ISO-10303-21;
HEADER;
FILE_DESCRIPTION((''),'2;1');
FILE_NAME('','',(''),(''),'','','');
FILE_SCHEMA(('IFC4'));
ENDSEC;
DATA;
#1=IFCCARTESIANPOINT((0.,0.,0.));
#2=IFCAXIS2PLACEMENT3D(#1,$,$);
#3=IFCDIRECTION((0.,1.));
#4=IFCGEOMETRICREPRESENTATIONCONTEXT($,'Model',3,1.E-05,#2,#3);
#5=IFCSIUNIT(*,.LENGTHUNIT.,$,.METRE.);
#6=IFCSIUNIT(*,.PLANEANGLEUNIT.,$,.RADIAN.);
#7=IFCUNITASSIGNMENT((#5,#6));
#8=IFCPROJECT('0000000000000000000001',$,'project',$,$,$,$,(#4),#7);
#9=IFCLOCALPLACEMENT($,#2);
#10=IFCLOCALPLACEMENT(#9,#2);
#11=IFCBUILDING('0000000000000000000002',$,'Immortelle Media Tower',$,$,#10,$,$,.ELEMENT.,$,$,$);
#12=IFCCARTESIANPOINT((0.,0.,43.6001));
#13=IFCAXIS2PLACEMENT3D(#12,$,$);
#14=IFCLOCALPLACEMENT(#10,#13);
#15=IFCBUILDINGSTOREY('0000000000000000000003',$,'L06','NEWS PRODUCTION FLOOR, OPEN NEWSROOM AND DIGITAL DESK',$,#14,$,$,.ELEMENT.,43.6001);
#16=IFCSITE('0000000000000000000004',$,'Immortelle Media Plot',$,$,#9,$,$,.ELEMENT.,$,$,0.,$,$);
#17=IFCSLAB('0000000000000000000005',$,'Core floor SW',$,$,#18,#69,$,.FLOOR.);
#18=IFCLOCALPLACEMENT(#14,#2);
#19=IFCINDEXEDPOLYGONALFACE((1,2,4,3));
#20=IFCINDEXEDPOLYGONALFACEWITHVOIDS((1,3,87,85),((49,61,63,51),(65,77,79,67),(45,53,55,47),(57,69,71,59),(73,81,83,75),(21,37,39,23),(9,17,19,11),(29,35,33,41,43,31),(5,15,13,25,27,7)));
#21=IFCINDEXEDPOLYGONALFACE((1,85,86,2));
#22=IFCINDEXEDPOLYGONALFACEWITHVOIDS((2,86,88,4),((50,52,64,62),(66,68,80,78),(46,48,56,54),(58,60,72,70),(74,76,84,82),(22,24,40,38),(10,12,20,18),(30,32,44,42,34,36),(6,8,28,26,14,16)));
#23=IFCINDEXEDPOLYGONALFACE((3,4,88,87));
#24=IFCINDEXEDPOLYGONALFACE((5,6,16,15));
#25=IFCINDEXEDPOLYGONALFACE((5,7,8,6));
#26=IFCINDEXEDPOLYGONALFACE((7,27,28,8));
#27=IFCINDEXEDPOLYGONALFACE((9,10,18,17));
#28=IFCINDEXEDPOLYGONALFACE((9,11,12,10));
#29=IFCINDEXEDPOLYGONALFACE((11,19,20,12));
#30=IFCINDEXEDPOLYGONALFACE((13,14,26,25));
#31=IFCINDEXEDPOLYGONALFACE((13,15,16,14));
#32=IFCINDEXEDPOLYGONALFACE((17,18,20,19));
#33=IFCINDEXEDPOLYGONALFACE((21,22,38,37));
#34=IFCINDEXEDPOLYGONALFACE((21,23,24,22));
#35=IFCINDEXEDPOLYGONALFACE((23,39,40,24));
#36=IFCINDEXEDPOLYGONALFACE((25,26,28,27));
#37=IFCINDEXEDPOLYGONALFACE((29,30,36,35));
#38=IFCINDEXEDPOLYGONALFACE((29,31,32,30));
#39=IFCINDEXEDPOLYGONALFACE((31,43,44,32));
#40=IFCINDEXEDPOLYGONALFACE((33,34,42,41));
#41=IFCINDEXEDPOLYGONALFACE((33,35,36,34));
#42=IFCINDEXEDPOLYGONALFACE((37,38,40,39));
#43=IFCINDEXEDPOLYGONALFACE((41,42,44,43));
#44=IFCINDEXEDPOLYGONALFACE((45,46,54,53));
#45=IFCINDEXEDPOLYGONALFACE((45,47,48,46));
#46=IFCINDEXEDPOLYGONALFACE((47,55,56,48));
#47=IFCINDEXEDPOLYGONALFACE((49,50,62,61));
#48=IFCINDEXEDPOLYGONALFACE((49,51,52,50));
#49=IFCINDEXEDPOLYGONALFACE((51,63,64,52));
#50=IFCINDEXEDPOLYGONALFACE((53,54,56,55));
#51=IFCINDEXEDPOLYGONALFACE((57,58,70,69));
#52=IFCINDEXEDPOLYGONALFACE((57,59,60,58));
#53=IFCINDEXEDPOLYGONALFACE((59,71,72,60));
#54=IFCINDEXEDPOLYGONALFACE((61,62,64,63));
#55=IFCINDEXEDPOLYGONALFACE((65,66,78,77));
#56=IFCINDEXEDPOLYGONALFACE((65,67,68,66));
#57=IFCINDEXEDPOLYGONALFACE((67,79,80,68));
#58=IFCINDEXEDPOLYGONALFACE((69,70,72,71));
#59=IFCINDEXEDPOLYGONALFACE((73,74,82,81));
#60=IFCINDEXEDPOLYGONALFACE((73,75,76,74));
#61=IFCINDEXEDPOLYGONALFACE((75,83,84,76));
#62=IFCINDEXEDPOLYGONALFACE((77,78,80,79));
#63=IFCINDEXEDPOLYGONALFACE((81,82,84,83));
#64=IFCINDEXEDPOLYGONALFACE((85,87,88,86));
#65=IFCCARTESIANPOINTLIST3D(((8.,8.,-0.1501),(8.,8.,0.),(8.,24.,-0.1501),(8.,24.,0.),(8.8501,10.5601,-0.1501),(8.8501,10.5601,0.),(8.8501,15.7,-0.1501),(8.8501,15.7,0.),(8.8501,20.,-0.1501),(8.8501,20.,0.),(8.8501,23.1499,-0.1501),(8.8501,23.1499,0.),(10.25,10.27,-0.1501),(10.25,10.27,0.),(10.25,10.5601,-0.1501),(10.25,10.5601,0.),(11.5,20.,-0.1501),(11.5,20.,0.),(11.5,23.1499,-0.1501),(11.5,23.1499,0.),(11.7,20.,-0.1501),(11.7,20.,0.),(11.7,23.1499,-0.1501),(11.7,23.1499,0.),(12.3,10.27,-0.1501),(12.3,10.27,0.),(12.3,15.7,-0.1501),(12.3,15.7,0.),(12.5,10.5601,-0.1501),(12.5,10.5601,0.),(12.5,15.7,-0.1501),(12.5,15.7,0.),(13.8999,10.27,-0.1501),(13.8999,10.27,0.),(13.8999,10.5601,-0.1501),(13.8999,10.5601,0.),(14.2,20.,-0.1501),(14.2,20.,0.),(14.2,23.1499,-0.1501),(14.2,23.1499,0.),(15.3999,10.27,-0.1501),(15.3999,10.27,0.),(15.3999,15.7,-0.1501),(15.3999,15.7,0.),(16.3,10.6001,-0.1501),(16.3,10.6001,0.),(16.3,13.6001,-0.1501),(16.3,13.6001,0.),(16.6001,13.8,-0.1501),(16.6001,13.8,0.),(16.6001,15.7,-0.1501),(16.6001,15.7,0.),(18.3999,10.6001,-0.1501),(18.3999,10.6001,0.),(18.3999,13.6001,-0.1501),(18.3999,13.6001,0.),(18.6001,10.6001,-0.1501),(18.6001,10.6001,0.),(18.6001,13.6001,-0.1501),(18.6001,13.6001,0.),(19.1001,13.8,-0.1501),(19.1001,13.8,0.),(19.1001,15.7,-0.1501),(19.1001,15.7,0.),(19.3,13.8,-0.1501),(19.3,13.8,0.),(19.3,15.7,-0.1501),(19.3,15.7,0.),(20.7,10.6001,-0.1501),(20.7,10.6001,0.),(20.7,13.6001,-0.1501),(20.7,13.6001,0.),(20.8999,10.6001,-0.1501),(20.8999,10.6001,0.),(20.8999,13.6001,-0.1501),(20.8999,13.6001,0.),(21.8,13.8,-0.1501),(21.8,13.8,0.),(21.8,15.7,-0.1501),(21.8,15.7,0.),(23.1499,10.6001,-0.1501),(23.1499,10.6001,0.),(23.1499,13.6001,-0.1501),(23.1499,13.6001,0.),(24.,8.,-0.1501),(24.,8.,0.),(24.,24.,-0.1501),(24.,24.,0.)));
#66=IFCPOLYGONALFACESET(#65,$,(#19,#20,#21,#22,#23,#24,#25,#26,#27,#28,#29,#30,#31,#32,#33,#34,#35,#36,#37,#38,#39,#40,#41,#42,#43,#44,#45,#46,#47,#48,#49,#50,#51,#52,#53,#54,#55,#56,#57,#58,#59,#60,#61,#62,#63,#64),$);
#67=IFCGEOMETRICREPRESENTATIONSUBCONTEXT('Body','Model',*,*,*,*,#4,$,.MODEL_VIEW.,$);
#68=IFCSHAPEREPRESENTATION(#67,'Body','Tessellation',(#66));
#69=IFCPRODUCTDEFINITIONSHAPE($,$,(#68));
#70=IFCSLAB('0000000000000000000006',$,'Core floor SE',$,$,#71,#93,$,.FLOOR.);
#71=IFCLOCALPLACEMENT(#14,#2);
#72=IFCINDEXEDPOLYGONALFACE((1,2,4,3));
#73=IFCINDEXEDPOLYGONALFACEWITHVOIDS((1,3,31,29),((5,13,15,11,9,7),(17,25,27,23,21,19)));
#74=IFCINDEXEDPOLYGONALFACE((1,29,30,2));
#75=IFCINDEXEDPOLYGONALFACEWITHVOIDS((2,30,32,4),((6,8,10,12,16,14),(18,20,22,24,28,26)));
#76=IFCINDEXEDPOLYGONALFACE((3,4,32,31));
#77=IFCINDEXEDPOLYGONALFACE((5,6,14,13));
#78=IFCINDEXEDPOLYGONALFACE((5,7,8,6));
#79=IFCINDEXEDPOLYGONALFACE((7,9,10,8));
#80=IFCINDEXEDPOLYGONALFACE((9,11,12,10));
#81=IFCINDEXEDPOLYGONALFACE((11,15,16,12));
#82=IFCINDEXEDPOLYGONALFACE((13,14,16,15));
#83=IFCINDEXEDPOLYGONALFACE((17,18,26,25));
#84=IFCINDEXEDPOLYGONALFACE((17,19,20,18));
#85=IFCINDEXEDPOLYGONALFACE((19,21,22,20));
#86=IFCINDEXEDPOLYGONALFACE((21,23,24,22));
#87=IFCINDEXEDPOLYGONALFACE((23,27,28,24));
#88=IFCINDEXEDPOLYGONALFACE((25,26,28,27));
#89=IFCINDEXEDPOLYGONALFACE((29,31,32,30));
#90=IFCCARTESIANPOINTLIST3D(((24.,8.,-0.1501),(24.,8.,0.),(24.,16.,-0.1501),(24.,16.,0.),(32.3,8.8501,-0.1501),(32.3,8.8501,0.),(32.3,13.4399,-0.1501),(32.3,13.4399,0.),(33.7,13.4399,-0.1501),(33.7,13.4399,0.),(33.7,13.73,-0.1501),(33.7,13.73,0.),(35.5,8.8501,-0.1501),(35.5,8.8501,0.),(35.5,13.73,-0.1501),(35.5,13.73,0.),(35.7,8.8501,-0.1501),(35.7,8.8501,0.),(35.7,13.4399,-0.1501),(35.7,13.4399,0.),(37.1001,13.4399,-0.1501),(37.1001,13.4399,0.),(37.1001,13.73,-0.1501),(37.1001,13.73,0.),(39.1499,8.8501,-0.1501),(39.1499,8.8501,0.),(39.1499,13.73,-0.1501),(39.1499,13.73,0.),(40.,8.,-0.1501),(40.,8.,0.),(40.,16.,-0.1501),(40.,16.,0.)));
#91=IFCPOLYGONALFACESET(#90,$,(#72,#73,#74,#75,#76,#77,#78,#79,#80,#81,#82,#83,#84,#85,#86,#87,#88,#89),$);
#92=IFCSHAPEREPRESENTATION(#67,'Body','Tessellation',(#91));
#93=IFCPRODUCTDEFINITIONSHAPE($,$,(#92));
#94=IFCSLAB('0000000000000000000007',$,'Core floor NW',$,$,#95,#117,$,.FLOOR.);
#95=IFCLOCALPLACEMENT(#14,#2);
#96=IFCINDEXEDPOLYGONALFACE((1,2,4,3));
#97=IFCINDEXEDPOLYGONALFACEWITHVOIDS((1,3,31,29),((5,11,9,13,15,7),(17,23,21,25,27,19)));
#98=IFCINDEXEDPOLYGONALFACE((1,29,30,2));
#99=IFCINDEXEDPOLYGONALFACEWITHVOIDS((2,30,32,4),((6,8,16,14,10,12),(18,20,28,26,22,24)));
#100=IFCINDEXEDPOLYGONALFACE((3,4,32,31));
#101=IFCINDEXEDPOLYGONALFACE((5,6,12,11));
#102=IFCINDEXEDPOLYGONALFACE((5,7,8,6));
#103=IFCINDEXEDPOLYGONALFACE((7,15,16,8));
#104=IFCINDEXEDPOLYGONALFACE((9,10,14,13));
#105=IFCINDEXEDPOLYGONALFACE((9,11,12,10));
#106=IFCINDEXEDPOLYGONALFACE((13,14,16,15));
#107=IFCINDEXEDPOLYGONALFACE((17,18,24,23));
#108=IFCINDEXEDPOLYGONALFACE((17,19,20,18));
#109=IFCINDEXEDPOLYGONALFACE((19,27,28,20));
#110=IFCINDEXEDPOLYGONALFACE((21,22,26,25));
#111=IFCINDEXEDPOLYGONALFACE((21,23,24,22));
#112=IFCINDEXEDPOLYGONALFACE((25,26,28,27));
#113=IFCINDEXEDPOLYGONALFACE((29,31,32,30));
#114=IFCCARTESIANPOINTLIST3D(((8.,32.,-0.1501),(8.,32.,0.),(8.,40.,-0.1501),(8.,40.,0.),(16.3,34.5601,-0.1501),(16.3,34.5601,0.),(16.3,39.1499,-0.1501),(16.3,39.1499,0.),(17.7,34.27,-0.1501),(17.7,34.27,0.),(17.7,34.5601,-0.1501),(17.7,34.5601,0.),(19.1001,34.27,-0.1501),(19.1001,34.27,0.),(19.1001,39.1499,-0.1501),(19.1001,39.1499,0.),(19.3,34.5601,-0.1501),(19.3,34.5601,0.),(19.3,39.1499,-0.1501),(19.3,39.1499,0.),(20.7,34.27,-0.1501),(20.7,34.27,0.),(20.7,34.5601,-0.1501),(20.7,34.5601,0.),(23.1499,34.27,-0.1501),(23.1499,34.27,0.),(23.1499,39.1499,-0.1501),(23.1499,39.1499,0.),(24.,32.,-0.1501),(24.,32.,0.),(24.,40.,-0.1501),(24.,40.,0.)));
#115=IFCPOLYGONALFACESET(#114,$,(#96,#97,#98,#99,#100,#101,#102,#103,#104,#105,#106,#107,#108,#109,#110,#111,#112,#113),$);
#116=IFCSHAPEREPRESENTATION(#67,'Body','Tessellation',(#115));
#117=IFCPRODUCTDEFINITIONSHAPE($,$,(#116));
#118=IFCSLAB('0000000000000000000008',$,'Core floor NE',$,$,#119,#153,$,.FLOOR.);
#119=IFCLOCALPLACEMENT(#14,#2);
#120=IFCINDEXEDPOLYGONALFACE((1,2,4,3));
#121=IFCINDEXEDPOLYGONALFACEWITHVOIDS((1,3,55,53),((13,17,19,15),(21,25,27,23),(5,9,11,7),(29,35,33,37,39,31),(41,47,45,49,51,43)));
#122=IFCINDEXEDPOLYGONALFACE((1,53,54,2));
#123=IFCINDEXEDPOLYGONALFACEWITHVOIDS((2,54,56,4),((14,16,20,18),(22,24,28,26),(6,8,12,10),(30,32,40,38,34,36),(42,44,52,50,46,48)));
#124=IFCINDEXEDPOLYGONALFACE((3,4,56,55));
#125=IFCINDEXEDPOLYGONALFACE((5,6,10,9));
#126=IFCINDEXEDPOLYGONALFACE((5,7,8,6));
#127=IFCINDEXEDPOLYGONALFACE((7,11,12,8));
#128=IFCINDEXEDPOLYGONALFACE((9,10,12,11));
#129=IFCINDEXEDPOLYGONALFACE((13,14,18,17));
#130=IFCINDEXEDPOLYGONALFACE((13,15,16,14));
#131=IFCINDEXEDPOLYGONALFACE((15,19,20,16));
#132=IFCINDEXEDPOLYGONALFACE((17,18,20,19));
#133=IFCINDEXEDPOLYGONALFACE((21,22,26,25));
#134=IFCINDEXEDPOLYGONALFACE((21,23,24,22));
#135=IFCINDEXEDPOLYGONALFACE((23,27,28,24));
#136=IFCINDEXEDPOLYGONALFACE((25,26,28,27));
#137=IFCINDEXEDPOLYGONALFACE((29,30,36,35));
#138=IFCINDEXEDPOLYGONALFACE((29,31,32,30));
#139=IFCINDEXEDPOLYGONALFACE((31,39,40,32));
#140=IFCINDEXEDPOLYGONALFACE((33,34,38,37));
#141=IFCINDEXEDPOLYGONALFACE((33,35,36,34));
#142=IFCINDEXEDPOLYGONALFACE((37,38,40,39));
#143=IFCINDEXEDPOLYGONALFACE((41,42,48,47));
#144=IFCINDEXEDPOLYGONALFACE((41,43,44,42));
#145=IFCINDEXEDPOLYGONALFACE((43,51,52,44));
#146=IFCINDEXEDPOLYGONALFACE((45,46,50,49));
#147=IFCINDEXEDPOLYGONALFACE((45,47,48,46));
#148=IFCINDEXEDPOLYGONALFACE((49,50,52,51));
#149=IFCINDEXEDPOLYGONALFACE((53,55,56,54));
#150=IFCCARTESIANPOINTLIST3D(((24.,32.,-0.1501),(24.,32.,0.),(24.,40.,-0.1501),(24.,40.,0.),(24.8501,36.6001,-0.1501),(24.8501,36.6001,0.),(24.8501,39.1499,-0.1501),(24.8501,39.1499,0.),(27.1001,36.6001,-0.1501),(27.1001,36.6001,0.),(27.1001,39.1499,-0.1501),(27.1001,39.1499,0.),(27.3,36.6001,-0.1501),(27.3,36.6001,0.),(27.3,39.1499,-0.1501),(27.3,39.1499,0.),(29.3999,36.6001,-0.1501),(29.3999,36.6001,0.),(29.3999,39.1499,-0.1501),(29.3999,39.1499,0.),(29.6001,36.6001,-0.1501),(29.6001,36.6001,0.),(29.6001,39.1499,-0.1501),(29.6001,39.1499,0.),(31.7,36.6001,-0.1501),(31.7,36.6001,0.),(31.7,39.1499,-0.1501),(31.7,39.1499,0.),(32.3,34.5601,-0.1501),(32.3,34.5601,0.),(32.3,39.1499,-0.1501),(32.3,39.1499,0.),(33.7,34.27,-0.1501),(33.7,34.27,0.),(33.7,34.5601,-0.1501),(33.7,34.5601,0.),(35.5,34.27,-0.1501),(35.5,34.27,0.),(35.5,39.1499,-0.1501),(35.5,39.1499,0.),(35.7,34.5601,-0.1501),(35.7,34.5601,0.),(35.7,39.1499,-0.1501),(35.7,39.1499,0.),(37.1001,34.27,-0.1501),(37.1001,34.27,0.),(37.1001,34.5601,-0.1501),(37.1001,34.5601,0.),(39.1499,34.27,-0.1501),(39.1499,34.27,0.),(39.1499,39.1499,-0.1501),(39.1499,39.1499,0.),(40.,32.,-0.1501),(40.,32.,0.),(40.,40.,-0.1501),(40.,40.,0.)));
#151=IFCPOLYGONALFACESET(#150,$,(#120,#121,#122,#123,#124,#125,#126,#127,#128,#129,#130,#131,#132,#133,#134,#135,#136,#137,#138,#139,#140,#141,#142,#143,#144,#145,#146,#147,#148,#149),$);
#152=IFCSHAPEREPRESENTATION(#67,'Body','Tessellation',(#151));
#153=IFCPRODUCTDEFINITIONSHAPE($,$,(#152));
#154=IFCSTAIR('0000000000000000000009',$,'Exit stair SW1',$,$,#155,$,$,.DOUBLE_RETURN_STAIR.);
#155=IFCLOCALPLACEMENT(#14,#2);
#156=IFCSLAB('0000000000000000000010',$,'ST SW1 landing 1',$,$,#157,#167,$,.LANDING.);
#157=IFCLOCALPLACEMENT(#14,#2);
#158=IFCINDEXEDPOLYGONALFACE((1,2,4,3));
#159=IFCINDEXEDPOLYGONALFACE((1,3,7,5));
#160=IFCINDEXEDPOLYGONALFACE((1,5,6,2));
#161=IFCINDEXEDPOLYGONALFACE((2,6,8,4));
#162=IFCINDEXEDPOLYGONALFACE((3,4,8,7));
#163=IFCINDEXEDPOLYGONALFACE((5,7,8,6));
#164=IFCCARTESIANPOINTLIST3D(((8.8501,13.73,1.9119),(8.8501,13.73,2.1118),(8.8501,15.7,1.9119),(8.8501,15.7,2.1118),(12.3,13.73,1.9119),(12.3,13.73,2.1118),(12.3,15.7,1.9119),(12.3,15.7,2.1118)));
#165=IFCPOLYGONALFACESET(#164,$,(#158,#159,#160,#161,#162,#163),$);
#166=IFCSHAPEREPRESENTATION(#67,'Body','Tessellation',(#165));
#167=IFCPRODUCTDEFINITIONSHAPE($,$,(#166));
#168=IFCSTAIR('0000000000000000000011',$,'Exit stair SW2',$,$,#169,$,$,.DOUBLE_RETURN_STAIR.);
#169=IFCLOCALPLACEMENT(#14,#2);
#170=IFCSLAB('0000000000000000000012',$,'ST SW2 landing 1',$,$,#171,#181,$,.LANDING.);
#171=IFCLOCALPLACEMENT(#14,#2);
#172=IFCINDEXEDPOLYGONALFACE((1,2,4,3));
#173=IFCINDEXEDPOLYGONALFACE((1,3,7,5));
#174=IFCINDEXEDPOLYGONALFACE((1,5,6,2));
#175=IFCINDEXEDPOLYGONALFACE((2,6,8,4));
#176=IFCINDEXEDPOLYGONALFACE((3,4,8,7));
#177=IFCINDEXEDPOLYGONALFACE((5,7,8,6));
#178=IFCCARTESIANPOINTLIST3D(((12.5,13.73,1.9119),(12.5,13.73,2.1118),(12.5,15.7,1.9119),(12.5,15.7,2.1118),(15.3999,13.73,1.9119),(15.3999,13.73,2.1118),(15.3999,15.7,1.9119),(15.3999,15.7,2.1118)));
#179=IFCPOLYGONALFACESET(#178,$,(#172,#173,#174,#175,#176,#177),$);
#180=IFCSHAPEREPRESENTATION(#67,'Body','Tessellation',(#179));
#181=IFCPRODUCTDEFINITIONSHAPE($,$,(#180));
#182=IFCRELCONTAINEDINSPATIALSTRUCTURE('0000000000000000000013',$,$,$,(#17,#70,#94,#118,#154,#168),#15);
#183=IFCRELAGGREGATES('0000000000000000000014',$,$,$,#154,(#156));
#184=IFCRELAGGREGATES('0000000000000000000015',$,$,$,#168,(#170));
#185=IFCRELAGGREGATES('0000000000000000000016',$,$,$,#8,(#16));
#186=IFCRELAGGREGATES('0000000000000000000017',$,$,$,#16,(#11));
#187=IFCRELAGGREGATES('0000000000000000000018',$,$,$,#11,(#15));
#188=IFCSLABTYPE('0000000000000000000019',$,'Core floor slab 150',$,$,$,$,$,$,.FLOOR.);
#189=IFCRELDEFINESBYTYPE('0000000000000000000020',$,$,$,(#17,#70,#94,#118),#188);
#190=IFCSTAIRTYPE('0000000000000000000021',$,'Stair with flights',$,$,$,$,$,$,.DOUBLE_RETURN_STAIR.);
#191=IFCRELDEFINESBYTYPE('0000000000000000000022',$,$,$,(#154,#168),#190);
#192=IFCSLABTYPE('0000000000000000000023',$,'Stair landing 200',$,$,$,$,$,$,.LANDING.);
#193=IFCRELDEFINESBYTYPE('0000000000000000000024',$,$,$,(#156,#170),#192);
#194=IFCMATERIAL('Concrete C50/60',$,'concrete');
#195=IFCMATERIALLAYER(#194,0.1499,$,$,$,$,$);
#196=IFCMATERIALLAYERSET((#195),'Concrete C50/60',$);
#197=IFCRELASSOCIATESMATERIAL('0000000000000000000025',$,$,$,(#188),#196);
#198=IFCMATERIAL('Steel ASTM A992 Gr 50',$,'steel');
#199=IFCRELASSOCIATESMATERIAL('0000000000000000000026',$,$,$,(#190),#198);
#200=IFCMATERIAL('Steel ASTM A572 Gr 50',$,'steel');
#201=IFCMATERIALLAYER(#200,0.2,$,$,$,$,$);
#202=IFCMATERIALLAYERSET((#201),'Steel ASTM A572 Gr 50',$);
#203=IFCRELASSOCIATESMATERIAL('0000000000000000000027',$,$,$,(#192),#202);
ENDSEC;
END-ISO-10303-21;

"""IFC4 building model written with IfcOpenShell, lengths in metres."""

from ifc_helpers import new_model, si_unit, direction, frame, origin, place, context, subcontext, project, spatial, polyline, outline, extrude, material, layer, layer_set, type_object, element, aggregate, save


model = new_model("IFC4")

# Units and contexts
model_context = context("Model", 3, precision=1e-05, world=origin(), true_north=direction((0.0, 1.0)))
body_context = subcontext(model_context, "Body", "Model", "MODEL_VIEW")
ifc_project = project(units=[si_unit("LENGTHUNIT", "METRE"), si_unit("PLANEANGLEUNIT", "RADIAN")], contexts=[model_context])

# Site, building, storey
site_placement = place(None, origin())
site = spatial("IfcSite", under=ifc_project, at=site_placement, Name="Immortelle Media Plot", CompositionType="ELEMENT", RefElevation=0.0)
building_placement = place(site_placement, origin())
building = spatial("IfcBuilding", under=site, at=building_placement, Name="Immortelle Media Tower", CompositionType="ELEMENT")
storey_placement = place(building_placement, frame((0.0, 0.0, 43.6001)))
storey = spatial("IfcBuildingStorey", under=building, at=storey_placement, Name="L06", Description="NEWS PRODUCTION FLOOR, OPEN NEWSROOM AND DIGITAL DESK", CompositionType="ELEMENT", Elevation=43.6001)

# Slabs
ifc_material_1 = material(Name="Concrete C50/60", Category="concrete")
ifc_layer_1 = layer(ifc_material_1, 0.1499)
ifc_layer_set_1 = layer_set([ifc_layer_1], Name="Concrete C50/60")
slab_type_1 = type_object("IfcSlabType", Name="Core floor slab 150", PredefinedType="FLOOR", material=ifc_layer_set_1)
slab_1_placement = place(storey_placement, frame((0.0, 0.0, -0.1501)))
element("IfcSlab", 1, at=slab_1_placement, inside=storey, type_object=slab_type_1, Name="Core floor SW", PredefinedType="FLOOR", context=body_context, shape_type="SweptSolid", body=[
    extrude(outline(polyline([(8.0, 8.0), (24.0, 8.0), (24.0, 24.0), (8.0, 24.0), (8.0, 8.0)]), holes=[polyline([(8.8501, 20.0), (11.5, 20.0), (11.5, 23.1499), (8.8501, 23.1499), (8.8501, 20.0)]), polyline([(11.7, 20.0), (14.2, 20.0), (14.2, 23.1499), (11.7, 23.1499), (11.7, 20.0)]), polyline([(16.6001, 13.8), (19.1001, 13.8), (19.1001, 15.7), (16.6001, 15.7), (16.6001, 13.8)]), polyline([(19.3, 13.8), (21.8, 13.8), (21.8, 15.7), (19.3, 15.7), (19.3, 13.8)]), polyline([(16.3, 10.6001), (18.3999, 10.6001), (18.3999, 13.6001), (16.3, 13.6001), (16.3, 10.6001)]), polyline([(18.6001, 10.6001), (20.7, 10.6001), (20.7, 13.6001), (18.6001, 13.6001), (18.6001, 10.6001)]), polyline([(20.8999, 10.6001), (23.1499, 10.6001), (23.1499, 13.6001), (20.8999, 13.6001), (20.8999, 10.6001)]), polyline([(8.8501, 15.7), (12.3, 15.7), (12.3, 10.27), (10.25, 10.27), (10.25, 10.5601), (8.8501, 10.5601), (8.8501, 15.7)]), polyline([(12.5, 15.7), (15.3999, 15.7), (15.3999, 10.27), (13.8999, 10.27), (13.8999, 10.5601), (12.5, 10.5601), (12.5, 15.7)])]), origin(), (0.0, 0.0, 1.0), 0.1501),
])
slab_2_placement = place(storey_placement, frame((0.0, 0.0, -0.1501)))
element("IfcSlab", 2, at=slab_2_placement, inside=storey, type_object=slab_type_1, Name="Core floor SE", PredefinedType="FLOOR", context=body_context, shape_type="SweptSolid", body=[
    extrude(outline(polyline([(24.0, 8.0), (40.0, 8.0), (40.0, 16.0), (24.0, 16.0), (24.0, 8.0)]), holes=[polyline([(35.5, 13.73), (35.5, 8.8501), (32.3, 8.8501), (32.3, 13.4399), (33.7, 13.4399), (33.7, 13.73), (35.5, 13.73)]), polyline([(39.1499, 13.73), (39.1499, 8.8501), (35.7, 8.8501), (35.7, 13.4399), (37.1001, 13.4399), (37.1001, 13.73), (39.1499, 13.73)])]), origin(), (0.0, 0.0, 1.0), 0.1501),
])
slab_3_placement = place(storey_placement, frame((0.0, 0.0, -0.1501)))
element("IfcSlab", 3, at=slab_3_placement, inside=storey, type_object=slab_type_1, Name="Core floor NW", PredefinedType="FLOOR", context=body_context, shape_type="SweptSolid", body=[
    extrude(outline(polyline([(8.0, 32.0), (24.0, 32.0), (24.0, 40.0), (8.0, 40.0), (8.0, 32.0)]), holes=[polyline([(16.3, 39.1499), (19.1001, 39.1499), (19.1001, 34.27), (17.7, 34.27), (17.7, 34.5601), (16.3, 34.5601), (16.3, 39.1499)]), polyline([(19.3, 39.1499), (23.1499, 39.1499), (23.1499, 34.27), (20.7, 34.27), (20.7, 34.5601), (19.3, 34.5601), (19.3, 39.1499)])]), origin(), (0.0, 0.0, 1.0), 0.1501),
])
slab_4_placement = place(storey_placement, frame((0.0, 0.0, -0.1501)))
element("IfcSlab", 4, at=slab_4_placement, inside=storey, type_object=slab_type_1, Name="Core floor NE", PredefinedType="FLOOR", context=body_context, shape_type="SweptSolid", body=[
    extrude(outline(polyline([(24.0, 32.0), (40.0, 32.0), (40.0, 40.0), (24.0, 40.0), (24.0, 32.0)]), holes=[polyline([(24.8501, 36.6001), (27.1001, 36.6001), (27.1001, 39.1499), (24.8501, 39.1499), (24.8501, 36.6001)]), polyline([(27.3, 36.6001), (29.3999, 36.6001), (29.3999, 39.1499), (27.3, 39.1499), (27.3, 36.6001)]), polyline([(29.6001, 36.6001), (31.7, 36.6001), (31.7, 39.1499), (29.6001, 39.1499), (29.6001, 36.6001)]), polyline([(32.3, 39.1499), (35.5, 39.1499), (35.5, 34.27), (33.7, 34.27), (33.7, 34.5601), (32.3, 34.5601), (32.3, 39.1499)]), polyline([(35.7, 39.1499), (39.1499, 39.1499), (39.1499, 34.27), (37.1001, 34.27), (37.1001, 34.5601), (35.7, 34.5601), (35.7, 39.1499)])]), origin(), (0.0, 0.0, 1.0), 0.1501),
])

# Stairs, slabs
ifc_material_2 = material(Name="Steel ASTM A992 Gr 50", Category="steel")
stair_type = type_object("IfcStairType", Name="Stair with flights", PredefinedType="DOUBLE_RETURN_STAIR", material=ifc_material_2)
stair_1_placement = place(storey_placement, origin())
stair_1 = element("IfcStair", 5, at=stair_1_placement, inside=storey, type_object=stair_type, Name="Exit stair SW1", PredefinedType="DOUBLE_RETURN_STAIR")
ifc_material_3 = material(Name="Steel ASTM A572 Gr 50", Category="steel")
ifc_layer_2 = layer(ifc_material_3, 0.2)
ifc_layer_set_2 = layer_set([ifc_layer_2], Name="Steel ASTM A572 Gr 50")
slab_type_2 = type_object("IfcSlabType", Name="Stair landing 200", PredefinedType="LANDING", material=ifc_layer_set_2)
slab_5_placement = place(storey_placement, frame((0.0, 0.0, 1.9119)))
slab_5 = element("IfcSlab", 6, at=slab_5_placement, type_object=slab_type_2, Name="ST SW1 landing 1", PredefinedType="LANDING", context=body_context, shape_type="SweptSolid", body=[
    extrude(outline(polyline([(8.8501, 13.73), (12.3, 13.73), (12.3, 15.7), (8.8501, 15.7), (8.8501, 13.73)])), origin(), (0.0, 0.0, 1.0), 0.2),
])
aggregate(stair_1, [slab_5])
stair_2_placement = place(storey_placement, origin())
stair_2 = element("IfcStair", 7, at=stair_2_placement, inside=storey, type_object=stair_type, Name="Exit stair SW2", PredefinedType="DOUBLE_RETURN_STAIR")
slab_6_placement = place(storey_placement, frame((0.0, 0.0, 1.9119)))
slab_6 = element("IfcSlab", 8, at=slab_6_placement, type_object=slab_type_2, Name="ST SW2 landing 1", PredefinedType="LANDING", context=body_context, shape_type="SweptSolid", body=[
    extrude(outline(polyline([(12.5, 13.73), (15.3999, 13.73), (15.3999, 15.7), (12.5, 15.7), (12.5, 13.73)])), origin(), (0.0, 0.0, 1.0), 0.2),
])
aggregate(stair_2, [slab_6])

save(model, "model.ifc")
